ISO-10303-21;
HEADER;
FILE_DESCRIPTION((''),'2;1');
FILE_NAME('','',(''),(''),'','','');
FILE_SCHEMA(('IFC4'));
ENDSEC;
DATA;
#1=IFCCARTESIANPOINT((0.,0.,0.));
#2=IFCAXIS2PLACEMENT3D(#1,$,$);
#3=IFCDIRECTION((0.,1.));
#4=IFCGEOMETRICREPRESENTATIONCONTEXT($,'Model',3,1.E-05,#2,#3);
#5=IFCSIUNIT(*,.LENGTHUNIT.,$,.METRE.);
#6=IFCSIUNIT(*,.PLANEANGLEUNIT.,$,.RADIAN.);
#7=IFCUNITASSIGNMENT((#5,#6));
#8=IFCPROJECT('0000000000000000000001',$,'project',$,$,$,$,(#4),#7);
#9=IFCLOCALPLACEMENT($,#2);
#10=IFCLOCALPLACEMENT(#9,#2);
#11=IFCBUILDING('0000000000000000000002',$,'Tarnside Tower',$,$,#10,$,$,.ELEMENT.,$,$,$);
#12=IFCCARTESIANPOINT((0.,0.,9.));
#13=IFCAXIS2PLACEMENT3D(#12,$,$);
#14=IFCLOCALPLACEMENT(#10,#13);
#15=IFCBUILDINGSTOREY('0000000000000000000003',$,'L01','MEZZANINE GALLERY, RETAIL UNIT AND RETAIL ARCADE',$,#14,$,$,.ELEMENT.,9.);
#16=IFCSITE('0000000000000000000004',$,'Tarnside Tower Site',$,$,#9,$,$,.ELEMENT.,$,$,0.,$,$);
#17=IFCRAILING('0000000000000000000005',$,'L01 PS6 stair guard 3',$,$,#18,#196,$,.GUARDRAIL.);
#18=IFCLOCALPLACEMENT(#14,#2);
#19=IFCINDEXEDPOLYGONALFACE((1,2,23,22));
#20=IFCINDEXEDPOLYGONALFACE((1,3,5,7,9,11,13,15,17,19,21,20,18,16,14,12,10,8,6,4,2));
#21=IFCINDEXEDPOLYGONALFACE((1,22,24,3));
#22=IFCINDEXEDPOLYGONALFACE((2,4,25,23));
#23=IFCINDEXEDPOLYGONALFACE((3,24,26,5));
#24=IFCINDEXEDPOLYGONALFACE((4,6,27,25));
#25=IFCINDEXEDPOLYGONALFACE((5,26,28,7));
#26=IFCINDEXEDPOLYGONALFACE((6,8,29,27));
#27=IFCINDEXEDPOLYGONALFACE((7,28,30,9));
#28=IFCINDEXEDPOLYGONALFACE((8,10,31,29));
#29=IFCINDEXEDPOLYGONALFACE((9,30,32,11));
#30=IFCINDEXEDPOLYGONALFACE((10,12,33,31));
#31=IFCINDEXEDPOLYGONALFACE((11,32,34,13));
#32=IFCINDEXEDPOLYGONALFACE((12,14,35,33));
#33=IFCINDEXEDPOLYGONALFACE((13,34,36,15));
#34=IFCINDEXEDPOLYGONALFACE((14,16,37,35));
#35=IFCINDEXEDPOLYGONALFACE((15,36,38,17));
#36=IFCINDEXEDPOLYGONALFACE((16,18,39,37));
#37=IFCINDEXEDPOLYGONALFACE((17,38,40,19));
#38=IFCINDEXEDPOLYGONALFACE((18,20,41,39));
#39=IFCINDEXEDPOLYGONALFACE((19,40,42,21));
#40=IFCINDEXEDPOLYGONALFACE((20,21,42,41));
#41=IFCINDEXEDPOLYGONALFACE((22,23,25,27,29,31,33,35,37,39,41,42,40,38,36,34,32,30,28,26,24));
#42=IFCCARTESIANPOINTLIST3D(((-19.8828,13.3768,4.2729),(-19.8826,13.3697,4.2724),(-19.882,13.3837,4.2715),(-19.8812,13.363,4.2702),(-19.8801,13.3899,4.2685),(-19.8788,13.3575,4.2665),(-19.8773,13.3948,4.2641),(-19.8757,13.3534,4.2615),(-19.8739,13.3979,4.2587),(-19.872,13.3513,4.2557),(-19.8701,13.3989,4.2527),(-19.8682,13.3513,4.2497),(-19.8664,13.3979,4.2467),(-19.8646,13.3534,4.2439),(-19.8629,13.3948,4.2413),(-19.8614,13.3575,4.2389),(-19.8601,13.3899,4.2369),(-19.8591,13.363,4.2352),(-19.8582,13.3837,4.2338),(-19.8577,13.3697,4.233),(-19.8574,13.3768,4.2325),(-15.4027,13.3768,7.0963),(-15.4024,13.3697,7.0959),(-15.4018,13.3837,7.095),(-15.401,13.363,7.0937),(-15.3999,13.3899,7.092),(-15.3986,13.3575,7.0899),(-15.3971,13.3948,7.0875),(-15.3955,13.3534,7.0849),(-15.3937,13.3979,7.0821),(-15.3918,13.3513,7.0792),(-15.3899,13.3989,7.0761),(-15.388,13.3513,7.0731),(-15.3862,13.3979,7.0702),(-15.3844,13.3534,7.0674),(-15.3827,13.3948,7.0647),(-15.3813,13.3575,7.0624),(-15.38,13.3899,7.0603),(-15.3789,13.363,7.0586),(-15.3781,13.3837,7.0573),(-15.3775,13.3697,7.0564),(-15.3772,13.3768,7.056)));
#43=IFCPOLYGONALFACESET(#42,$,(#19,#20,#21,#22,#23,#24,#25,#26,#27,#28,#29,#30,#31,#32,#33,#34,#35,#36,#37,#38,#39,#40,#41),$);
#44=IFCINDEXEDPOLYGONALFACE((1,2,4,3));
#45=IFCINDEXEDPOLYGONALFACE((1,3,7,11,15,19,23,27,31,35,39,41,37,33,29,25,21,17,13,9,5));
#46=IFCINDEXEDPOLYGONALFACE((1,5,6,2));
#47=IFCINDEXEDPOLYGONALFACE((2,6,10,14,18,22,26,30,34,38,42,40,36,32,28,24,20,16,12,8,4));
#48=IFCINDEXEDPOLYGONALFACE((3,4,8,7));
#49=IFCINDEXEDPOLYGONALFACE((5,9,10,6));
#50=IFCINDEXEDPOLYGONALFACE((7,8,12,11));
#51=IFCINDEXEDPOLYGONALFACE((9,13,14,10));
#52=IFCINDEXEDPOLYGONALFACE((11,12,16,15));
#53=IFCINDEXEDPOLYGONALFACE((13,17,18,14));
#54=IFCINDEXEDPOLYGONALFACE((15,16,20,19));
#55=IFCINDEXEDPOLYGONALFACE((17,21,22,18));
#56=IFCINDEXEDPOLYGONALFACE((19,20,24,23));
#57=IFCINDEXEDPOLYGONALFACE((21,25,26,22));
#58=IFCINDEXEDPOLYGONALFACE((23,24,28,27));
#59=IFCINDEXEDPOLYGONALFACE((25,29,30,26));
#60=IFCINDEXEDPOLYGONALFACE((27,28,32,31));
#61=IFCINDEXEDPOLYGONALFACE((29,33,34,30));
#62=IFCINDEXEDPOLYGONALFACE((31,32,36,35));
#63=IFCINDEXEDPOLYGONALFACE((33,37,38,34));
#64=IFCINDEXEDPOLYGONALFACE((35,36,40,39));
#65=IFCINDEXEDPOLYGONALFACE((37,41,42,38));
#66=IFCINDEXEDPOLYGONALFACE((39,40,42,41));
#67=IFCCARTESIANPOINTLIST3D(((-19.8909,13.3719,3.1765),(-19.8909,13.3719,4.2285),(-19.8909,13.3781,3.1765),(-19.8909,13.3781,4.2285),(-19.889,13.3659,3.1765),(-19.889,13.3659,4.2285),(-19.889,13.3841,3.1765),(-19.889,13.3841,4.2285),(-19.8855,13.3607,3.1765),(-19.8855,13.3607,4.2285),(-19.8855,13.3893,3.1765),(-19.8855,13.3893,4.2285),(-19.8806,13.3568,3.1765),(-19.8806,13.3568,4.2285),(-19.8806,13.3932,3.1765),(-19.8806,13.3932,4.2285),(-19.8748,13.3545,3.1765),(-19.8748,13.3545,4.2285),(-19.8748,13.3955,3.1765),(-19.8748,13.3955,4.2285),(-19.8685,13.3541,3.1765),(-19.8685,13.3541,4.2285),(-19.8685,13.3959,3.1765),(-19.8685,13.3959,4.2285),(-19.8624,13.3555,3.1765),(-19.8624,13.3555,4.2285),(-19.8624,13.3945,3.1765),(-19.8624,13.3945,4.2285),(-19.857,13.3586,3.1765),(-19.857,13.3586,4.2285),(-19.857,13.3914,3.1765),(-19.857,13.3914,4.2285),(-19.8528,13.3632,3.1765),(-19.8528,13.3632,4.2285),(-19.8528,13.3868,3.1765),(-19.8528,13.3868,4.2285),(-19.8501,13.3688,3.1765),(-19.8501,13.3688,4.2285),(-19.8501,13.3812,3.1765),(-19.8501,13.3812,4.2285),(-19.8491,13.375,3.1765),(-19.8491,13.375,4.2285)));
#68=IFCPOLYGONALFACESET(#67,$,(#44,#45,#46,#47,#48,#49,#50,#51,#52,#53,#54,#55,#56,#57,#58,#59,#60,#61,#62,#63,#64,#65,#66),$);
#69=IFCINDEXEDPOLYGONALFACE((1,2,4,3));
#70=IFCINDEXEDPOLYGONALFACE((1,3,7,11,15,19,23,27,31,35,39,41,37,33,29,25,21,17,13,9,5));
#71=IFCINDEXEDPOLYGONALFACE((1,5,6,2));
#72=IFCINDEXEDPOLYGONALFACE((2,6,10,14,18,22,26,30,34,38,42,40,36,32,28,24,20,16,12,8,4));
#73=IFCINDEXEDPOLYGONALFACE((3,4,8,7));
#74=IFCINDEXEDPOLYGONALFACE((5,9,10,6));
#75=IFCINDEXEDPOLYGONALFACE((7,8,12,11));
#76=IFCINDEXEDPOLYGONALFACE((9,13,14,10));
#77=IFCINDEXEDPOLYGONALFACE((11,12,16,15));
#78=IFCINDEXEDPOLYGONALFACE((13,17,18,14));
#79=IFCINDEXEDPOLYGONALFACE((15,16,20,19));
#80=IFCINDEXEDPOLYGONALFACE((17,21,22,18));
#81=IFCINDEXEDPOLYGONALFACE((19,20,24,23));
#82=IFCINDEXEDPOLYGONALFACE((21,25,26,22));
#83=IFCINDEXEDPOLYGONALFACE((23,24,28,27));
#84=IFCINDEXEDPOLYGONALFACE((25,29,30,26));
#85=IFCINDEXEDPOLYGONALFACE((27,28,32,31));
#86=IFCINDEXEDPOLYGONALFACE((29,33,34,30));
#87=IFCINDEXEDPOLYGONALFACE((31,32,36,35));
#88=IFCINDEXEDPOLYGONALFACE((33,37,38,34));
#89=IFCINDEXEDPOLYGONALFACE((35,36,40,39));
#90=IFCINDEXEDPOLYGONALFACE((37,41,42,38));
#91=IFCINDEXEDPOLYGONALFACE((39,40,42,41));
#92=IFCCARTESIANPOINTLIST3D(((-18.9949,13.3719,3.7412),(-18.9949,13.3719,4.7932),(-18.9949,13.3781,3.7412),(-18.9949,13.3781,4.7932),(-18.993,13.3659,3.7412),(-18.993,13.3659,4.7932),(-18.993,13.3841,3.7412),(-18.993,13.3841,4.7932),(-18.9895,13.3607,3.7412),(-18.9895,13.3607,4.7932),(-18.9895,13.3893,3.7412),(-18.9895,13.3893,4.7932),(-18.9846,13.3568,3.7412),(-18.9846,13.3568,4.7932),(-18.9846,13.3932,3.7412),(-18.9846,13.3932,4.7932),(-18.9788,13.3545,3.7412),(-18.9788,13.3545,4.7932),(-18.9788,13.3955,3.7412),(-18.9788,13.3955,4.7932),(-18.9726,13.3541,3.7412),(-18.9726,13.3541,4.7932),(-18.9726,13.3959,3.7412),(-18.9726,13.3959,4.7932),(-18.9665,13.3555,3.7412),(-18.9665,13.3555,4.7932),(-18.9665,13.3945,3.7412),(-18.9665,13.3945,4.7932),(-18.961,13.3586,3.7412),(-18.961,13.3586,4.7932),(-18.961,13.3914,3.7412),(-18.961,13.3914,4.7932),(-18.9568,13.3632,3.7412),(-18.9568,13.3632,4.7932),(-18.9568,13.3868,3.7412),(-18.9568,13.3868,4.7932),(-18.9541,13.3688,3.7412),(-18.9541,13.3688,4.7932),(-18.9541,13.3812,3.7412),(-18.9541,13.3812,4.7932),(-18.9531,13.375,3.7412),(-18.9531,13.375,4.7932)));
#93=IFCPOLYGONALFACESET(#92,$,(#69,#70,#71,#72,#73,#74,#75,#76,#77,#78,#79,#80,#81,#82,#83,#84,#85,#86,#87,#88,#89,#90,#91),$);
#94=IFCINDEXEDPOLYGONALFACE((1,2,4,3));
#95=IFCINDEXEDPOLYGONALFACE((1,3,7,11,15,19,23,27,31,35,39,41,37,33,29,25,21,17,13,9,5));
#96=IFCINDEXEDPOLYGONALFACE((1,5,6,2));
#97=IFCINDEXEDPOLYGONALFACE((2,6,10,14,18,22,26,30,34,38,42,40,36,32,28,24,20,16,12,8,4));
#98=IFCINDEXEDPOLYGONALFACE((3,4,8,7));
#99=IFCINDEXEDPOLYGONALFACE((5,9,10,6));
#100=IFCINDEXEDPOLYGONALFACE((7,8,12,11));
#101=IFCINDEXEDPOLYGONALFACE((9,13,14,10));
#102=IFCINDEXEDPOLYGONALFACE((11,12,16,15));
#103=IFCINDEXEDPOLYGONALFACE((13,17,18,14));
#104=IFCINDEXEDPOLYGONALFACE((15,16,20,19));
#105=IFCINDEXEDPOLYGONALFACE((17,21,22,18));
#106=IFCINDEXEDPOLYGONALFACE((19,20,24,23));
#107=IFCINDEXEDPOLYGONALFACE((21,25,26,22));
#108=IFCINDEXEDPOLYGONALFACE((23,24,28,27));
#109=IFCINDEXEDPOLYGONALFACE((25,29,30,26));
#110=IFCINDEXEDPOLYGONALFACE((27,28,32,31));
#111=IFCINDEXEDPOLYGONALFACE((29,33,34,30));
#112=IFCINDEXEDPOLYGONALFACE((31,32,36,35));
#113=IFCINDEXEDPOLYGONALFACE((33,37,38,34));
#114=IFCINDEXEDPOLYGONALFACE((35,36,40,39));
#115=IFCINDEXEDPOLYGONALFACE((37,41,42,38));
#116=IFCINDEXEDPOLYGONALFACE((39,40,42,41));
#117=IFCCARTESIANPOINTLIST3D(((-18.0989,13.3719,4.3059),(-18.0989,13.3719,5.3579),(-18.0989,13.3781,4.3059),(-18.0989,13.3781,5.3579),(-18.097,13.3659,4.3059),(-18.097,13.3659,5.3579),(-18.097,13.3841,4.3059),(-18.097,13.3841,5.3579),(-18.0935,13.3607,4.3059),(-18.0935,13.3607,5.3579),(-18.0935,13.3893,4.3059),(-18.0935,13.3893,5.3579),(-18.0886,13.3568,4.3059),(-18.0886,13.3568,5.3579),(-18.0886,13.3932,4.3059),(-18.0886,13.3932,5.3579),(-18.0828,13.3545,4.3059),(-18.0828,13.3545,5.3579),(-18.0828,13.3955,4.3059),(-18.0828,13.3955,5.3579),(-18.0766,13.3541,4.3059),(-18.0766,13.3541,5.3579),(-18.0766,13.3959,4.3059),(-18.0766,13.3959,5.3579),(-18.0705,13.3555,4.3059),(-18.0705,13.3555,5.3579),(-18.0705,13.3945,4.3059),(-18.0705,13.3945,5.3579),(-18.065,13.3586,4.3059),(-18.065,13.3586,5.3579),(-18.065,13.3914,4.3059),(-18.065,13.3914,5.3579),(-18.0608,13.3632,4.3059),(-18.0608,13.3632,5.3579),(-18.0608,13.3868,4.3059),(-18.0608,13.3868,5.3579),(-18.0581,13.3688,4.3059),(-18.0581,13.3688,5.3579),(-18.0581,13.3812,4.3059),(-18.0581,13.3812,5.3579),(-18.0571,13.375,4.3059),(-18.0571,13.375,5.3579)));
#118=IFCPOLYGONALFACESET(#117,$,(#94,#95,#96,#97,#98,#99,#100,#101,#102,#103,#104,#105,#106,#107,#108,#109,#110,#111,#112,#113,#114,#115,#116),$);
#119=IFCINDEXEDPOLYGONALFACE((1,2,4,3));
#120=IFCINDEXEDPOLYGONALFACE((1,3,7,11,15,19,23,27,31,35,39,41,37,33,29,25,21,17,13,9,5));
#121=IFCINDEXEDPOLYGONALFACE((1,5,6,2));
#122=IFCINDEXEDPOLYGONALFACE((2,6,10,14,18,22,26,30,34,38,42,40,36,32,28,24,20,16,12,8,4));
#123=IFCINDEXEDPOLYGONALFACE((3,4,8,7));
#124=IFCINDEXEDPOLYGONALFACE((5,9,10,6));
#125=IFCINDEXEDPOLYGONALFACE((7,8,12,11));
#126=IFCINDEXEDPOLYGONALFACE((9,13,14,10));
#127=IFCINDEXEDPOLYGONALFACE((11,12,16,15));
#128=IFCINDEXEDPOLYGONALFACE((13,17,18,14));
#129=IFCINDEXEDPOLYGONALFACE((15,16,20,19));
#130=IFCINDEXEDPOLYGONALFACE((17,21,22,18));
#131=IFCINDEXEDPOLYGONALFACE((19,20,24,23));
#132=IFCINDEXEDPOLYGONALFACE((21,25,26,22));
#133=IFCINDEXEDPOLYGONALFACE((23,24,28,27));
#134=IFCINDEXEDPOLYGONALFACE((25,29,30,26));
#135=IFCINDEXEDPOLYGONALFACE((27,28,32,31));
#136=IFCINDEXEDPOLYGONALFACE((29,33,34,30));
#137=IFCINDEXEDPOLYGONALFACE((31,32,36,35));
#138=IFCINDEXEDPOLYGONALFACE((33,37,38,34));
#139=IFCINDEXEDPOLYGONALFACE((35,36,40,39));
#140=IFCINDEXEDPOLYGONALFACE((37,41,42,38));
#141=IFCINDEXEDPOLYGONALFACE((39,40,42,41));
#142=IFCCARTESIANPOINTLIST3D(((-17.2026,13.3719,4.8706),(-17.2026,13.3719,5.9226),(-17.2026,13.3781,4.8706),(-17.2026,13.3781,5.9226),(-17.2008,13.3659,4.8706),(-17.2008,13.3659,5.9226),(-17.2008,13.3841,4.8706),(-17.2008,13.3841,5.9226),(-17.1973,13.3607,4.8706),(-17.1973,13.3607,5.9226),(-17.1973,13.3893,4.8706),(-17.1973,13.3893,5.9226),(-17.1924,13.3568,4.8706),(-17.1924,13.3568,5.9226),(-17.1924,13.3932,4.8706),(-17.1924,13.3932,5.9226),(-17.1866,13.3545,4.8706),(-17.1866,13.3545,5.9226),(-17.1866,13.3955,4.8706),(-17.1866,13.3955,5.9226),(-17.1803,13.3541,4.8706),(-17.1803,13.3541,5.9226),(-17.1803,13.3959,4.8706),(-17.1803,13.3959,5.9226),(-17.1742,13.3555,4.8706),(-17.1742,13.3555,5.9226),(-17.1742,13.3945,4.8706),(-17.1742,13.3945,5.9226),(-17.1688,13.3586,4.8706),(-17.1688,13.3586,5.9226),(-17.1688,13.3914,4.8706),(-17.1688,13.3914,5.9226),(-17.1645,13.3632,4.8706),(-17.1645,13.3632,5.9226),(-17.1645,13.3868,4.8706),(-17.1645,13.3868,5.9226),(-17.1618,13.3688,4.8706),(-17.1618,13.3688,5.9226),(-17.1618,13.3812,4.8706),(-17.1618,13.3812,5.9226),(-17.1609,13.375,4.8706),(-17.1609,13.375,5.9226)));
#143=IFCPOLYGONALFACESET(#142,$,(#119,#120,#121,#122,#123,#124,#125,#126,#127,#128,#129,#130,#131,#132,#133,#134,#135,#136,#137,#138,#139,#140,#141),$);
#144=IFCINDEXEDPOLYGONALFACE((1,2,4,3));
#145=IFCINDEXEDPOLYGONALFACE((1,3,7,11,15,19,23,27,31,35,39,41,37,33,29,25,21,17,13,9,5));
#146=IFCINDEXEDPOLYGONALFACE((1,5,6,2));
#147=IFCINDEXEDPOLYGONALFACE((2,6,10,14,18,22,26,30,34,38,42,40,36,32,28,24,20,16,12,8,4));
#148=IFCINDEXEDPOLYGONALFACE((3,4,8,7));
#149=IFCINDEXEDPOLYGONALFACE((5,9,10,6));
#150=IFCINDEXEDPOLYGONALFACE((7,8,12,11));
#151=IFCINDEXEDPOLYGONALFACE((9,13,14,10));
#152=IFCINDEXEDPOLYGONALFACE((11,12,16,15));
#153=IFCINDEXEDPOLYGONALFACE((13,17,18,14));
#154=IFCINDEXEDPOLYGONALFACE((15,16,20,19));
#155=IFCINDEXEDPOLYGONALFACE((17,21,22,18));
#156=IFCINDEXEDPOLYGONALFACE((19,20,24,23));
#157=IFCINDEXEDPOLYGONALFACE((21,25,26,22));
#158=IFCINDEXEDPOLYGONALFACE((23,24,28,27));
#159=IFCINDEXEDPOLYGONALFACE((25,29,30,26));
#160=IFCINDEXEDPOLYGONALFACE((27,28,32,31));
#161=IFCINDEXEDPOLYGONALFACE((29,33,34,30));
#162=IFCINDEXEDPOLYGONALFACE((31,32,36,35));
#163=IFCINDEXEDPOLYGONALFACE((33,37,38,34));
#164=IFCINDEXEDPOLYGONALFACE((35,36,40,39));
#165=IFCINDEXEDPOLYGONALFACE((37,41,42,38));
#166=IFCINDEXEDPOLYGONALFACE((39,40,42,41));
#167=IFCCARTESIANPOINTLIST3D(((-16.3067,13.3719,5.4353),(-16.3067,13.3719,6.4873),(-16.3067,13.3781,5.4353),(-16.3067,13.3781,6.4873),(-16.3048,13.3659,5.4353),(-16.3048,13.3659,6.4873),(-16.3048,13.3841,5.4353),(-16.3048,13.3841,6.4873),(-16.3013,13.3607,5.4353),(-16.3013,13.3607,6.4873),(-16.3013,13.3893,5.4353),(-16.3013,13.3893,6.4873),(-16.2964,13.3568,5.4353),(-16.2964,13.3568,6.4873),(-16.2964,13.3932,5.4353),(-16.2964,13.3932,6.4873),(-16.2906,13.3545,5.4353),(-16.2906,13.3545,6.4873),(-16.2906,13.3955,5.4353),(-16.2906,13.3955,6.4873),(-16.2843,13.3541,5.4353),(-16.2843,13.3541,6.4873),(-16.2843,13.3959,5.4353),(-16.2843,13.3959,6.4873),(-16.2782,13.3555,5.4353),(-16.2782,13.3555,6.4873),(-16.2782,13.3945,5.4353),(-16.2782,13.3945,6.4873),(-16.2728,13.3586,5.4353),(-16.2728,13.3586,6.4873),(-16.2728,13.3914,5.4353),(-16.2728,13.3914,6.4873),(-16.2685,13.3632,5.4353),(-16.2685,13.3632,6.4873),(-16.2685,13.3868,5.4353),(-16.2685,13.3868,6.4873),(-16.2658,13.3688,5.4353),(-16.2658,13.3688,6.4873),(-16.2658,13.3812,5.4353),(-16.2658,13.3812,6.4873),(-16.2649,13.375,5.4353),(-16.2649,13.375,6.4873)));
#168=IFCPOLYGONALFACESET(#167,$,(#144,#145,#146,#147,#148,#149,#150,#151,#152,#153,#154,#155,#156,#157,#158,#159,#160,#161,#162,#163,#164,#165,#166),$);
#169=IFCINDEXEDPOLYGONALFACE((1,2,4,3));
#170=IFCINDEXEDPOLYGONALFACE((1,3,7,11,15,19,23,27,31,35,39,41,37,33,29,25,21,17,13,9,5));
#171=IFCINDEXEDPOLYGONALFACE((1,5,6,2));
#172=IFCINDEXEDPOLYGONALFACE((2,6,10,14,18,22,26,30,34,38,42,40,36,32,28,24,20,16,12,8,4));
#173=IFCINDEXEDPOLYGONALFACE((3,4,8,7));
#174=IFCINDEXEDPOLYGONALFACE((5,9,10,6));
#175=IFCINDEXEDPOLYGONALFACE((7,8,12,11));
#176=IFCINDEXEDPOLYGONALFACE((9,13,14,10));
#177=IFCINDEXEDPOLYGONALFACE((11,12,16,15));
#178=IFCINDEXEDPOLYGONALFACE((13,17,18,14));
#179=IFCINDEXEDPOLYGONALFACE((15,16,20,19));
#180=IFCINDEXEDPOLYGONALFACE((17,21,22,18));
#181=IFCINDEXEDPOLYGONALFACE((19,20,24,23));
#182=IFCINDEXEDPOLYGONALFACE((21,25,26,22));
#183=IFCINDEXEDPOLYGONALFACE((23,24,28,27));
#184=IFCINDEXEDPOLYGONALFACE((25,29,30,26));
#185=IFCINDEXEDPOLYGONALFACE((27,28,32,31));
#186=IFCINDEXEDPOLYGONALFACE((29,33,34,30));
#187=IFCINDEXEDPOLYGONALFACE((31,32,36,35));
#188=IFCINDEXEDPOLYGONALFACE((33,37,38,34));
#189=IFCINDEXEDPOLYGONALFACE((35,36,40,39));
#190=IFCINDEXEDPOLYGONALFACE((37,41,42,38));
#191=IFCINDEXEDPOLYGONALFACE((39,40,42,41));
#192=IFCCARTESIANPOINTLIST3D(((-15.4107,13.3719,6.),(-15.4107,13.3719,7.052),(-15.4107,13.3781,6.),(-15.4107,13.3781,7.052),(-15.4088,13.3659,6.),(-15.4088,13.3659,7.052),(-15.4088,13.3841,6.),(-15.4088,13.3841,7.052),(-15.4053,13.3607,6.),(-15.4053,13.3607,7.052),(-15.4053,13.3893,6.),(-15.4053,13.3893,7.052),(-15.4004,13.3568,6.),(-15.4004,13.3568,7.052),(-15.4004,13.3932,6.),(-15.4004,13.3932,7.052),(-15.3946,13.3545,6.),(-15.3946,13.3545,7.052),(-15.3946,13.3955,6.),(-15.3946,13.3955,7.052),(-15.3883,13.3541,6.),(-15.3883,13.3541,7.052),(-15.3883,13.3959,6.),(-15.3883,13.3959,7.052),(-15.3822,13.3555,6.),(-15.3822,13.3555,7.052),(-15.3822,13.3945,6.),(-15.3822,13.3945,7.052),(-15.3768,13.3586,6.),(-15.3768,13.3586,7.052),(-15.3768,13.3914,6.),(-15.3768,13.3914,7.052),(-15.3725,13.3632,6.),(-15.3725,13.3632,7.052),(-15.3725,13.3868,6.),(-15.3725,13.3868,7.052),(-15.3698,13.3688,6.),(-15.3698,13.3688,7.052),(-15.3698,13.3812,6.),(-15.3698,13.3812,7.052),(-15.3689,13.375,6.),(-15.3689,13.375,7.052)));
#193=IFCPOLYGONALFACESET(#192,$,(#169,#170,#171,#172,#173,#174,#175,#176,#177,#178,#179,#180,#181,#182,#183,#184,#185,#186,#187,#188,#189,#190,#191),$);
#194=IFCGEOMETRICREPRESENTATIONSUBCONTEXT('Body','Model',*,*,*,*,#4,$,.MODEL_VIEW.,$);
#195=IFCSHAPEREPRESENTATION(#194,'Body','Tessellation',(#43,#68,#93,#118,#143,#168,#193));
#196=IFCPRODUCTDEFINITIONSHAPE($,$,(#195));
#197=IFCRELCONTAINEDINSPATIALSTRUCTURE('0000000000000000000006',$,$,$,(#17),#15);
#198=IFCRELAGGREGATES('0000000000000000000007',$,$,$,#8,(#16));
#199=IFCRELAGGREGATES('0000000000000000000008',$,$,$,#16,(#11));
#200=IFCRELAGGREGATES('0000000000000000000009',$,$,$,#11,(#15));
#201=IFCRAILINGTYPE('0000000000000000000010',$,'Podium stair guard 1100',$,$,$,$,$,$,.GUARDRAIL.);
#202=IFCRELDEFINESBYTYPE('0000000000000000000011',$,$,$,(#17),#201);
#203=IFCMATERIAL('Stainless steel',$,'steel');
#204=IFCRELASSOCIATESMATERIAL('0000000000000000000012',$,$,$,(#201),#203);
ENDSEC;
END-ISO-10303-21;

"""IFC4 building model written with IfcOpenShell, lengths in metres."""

from ifc_helpers import new_model, si_unit, direction, frame, origin, origin_2d, place, context, subcontext, project, spatial, circle, extrude, material, type_object, element, save


model = new_model("IFC4")

# Units and contexts
model_context = context("Model", 3, precision=1e-05, world=origin(), true_north=direction((0.0, 1.0)))
body_context = subcontext(model_context, "Body", "Model", "MODEL_VIEW")
ifc_project = project(units=[si_unit("LENGTHUNIT", "METRE"), si_unit("PLANEANGLEUNIT", "RADIAN")], contexts=[model_context])

# Site, building, storey
site_placement = place(None, origin())
site = spatial("IfcSite", under=ifc_project, at=site_placement, Name="Tarnside Tower Site", CompositionType="ELEMENT", RefElevation=0.0)
building_placement = place(site_placement, origin())
building = spatial("IfcBuilding", under=site, at=building_placement, Name="Tarnside Tower", CompositionType="ELEMENT")
storey_placement = place(building_placement, frame((0.0, 0.0, 9.0)))
storey = spatial("IfcBuildingStorey", under=building, at=storey_placement, Name="L01", Description="MEZZANINE GALLERY, RETAIL UNIT AND RETAIL ARCADE", CompositionType="ELEMENT", Elevation=9.0)

# Railing
ifc_material_1 = material(Name="Stainless steel", Category="steel")
railing_type_1 = type_object("IfcRailingType", Name="Podium stair guard 1100", PredefinedType="GUARDRAIL", material=ifc_material_1)
railing_1_placement = place(storey_placement, frame((-19.8701, 13.375, 3.1765)))
element("IfcRailing", 1, at=railing_1_placement, inside=storey, type_object=railing_type_1, Name="L01 PS6 stair guard 3", PredefinedType="GUARDRAIL", context=body_context, shape_type="SweptSolid", body=[
    extrude(circle(Radius=0.0239, at=origin_2d()), frame((0.0, 0.0, 1.0762), z_axis=(0.846011, 0.0, 0.533165), x_axis=(0.0, 1.0, 0.0)), (0.0, 0.0, 1.0), 5.2957),
    extrude(circle(Radius=0.021, at=origin_2d()), origin(), (0.0, 0.0, 1.0), 1.052),
    extrude(circle(Radius=0.021, at=origin_2d()), frame((0.896, 0.0, 0.5647)), (0.0, 0.0, 1.0), 1.052),
    extrude(circle(Radius=0.021, at=origin_2d()), frame((1.792, 0.0, 1.1294)), (0.0, 0.0, 1.0), 1.052),
    extrude(circle(Radius=0.021, at=origin_2d()), frame((2.6882, 0.0, 1.6941)), (0.0, 0.0, 1.0), 1.052),
    extrude(circle(Radius=0.021, at=origin_2d()), frame((3.5842, 0.0, 2.2588)), (0.0, 0.0, 1.0), 1.052),
    extrude(circle(Radius=0.021, at=origin_2d()), frame((4.4802, 0.0, 2.8235)), (0.0, 0.0, 1.0), 1.052),
])

save(model, "model.ifc")
